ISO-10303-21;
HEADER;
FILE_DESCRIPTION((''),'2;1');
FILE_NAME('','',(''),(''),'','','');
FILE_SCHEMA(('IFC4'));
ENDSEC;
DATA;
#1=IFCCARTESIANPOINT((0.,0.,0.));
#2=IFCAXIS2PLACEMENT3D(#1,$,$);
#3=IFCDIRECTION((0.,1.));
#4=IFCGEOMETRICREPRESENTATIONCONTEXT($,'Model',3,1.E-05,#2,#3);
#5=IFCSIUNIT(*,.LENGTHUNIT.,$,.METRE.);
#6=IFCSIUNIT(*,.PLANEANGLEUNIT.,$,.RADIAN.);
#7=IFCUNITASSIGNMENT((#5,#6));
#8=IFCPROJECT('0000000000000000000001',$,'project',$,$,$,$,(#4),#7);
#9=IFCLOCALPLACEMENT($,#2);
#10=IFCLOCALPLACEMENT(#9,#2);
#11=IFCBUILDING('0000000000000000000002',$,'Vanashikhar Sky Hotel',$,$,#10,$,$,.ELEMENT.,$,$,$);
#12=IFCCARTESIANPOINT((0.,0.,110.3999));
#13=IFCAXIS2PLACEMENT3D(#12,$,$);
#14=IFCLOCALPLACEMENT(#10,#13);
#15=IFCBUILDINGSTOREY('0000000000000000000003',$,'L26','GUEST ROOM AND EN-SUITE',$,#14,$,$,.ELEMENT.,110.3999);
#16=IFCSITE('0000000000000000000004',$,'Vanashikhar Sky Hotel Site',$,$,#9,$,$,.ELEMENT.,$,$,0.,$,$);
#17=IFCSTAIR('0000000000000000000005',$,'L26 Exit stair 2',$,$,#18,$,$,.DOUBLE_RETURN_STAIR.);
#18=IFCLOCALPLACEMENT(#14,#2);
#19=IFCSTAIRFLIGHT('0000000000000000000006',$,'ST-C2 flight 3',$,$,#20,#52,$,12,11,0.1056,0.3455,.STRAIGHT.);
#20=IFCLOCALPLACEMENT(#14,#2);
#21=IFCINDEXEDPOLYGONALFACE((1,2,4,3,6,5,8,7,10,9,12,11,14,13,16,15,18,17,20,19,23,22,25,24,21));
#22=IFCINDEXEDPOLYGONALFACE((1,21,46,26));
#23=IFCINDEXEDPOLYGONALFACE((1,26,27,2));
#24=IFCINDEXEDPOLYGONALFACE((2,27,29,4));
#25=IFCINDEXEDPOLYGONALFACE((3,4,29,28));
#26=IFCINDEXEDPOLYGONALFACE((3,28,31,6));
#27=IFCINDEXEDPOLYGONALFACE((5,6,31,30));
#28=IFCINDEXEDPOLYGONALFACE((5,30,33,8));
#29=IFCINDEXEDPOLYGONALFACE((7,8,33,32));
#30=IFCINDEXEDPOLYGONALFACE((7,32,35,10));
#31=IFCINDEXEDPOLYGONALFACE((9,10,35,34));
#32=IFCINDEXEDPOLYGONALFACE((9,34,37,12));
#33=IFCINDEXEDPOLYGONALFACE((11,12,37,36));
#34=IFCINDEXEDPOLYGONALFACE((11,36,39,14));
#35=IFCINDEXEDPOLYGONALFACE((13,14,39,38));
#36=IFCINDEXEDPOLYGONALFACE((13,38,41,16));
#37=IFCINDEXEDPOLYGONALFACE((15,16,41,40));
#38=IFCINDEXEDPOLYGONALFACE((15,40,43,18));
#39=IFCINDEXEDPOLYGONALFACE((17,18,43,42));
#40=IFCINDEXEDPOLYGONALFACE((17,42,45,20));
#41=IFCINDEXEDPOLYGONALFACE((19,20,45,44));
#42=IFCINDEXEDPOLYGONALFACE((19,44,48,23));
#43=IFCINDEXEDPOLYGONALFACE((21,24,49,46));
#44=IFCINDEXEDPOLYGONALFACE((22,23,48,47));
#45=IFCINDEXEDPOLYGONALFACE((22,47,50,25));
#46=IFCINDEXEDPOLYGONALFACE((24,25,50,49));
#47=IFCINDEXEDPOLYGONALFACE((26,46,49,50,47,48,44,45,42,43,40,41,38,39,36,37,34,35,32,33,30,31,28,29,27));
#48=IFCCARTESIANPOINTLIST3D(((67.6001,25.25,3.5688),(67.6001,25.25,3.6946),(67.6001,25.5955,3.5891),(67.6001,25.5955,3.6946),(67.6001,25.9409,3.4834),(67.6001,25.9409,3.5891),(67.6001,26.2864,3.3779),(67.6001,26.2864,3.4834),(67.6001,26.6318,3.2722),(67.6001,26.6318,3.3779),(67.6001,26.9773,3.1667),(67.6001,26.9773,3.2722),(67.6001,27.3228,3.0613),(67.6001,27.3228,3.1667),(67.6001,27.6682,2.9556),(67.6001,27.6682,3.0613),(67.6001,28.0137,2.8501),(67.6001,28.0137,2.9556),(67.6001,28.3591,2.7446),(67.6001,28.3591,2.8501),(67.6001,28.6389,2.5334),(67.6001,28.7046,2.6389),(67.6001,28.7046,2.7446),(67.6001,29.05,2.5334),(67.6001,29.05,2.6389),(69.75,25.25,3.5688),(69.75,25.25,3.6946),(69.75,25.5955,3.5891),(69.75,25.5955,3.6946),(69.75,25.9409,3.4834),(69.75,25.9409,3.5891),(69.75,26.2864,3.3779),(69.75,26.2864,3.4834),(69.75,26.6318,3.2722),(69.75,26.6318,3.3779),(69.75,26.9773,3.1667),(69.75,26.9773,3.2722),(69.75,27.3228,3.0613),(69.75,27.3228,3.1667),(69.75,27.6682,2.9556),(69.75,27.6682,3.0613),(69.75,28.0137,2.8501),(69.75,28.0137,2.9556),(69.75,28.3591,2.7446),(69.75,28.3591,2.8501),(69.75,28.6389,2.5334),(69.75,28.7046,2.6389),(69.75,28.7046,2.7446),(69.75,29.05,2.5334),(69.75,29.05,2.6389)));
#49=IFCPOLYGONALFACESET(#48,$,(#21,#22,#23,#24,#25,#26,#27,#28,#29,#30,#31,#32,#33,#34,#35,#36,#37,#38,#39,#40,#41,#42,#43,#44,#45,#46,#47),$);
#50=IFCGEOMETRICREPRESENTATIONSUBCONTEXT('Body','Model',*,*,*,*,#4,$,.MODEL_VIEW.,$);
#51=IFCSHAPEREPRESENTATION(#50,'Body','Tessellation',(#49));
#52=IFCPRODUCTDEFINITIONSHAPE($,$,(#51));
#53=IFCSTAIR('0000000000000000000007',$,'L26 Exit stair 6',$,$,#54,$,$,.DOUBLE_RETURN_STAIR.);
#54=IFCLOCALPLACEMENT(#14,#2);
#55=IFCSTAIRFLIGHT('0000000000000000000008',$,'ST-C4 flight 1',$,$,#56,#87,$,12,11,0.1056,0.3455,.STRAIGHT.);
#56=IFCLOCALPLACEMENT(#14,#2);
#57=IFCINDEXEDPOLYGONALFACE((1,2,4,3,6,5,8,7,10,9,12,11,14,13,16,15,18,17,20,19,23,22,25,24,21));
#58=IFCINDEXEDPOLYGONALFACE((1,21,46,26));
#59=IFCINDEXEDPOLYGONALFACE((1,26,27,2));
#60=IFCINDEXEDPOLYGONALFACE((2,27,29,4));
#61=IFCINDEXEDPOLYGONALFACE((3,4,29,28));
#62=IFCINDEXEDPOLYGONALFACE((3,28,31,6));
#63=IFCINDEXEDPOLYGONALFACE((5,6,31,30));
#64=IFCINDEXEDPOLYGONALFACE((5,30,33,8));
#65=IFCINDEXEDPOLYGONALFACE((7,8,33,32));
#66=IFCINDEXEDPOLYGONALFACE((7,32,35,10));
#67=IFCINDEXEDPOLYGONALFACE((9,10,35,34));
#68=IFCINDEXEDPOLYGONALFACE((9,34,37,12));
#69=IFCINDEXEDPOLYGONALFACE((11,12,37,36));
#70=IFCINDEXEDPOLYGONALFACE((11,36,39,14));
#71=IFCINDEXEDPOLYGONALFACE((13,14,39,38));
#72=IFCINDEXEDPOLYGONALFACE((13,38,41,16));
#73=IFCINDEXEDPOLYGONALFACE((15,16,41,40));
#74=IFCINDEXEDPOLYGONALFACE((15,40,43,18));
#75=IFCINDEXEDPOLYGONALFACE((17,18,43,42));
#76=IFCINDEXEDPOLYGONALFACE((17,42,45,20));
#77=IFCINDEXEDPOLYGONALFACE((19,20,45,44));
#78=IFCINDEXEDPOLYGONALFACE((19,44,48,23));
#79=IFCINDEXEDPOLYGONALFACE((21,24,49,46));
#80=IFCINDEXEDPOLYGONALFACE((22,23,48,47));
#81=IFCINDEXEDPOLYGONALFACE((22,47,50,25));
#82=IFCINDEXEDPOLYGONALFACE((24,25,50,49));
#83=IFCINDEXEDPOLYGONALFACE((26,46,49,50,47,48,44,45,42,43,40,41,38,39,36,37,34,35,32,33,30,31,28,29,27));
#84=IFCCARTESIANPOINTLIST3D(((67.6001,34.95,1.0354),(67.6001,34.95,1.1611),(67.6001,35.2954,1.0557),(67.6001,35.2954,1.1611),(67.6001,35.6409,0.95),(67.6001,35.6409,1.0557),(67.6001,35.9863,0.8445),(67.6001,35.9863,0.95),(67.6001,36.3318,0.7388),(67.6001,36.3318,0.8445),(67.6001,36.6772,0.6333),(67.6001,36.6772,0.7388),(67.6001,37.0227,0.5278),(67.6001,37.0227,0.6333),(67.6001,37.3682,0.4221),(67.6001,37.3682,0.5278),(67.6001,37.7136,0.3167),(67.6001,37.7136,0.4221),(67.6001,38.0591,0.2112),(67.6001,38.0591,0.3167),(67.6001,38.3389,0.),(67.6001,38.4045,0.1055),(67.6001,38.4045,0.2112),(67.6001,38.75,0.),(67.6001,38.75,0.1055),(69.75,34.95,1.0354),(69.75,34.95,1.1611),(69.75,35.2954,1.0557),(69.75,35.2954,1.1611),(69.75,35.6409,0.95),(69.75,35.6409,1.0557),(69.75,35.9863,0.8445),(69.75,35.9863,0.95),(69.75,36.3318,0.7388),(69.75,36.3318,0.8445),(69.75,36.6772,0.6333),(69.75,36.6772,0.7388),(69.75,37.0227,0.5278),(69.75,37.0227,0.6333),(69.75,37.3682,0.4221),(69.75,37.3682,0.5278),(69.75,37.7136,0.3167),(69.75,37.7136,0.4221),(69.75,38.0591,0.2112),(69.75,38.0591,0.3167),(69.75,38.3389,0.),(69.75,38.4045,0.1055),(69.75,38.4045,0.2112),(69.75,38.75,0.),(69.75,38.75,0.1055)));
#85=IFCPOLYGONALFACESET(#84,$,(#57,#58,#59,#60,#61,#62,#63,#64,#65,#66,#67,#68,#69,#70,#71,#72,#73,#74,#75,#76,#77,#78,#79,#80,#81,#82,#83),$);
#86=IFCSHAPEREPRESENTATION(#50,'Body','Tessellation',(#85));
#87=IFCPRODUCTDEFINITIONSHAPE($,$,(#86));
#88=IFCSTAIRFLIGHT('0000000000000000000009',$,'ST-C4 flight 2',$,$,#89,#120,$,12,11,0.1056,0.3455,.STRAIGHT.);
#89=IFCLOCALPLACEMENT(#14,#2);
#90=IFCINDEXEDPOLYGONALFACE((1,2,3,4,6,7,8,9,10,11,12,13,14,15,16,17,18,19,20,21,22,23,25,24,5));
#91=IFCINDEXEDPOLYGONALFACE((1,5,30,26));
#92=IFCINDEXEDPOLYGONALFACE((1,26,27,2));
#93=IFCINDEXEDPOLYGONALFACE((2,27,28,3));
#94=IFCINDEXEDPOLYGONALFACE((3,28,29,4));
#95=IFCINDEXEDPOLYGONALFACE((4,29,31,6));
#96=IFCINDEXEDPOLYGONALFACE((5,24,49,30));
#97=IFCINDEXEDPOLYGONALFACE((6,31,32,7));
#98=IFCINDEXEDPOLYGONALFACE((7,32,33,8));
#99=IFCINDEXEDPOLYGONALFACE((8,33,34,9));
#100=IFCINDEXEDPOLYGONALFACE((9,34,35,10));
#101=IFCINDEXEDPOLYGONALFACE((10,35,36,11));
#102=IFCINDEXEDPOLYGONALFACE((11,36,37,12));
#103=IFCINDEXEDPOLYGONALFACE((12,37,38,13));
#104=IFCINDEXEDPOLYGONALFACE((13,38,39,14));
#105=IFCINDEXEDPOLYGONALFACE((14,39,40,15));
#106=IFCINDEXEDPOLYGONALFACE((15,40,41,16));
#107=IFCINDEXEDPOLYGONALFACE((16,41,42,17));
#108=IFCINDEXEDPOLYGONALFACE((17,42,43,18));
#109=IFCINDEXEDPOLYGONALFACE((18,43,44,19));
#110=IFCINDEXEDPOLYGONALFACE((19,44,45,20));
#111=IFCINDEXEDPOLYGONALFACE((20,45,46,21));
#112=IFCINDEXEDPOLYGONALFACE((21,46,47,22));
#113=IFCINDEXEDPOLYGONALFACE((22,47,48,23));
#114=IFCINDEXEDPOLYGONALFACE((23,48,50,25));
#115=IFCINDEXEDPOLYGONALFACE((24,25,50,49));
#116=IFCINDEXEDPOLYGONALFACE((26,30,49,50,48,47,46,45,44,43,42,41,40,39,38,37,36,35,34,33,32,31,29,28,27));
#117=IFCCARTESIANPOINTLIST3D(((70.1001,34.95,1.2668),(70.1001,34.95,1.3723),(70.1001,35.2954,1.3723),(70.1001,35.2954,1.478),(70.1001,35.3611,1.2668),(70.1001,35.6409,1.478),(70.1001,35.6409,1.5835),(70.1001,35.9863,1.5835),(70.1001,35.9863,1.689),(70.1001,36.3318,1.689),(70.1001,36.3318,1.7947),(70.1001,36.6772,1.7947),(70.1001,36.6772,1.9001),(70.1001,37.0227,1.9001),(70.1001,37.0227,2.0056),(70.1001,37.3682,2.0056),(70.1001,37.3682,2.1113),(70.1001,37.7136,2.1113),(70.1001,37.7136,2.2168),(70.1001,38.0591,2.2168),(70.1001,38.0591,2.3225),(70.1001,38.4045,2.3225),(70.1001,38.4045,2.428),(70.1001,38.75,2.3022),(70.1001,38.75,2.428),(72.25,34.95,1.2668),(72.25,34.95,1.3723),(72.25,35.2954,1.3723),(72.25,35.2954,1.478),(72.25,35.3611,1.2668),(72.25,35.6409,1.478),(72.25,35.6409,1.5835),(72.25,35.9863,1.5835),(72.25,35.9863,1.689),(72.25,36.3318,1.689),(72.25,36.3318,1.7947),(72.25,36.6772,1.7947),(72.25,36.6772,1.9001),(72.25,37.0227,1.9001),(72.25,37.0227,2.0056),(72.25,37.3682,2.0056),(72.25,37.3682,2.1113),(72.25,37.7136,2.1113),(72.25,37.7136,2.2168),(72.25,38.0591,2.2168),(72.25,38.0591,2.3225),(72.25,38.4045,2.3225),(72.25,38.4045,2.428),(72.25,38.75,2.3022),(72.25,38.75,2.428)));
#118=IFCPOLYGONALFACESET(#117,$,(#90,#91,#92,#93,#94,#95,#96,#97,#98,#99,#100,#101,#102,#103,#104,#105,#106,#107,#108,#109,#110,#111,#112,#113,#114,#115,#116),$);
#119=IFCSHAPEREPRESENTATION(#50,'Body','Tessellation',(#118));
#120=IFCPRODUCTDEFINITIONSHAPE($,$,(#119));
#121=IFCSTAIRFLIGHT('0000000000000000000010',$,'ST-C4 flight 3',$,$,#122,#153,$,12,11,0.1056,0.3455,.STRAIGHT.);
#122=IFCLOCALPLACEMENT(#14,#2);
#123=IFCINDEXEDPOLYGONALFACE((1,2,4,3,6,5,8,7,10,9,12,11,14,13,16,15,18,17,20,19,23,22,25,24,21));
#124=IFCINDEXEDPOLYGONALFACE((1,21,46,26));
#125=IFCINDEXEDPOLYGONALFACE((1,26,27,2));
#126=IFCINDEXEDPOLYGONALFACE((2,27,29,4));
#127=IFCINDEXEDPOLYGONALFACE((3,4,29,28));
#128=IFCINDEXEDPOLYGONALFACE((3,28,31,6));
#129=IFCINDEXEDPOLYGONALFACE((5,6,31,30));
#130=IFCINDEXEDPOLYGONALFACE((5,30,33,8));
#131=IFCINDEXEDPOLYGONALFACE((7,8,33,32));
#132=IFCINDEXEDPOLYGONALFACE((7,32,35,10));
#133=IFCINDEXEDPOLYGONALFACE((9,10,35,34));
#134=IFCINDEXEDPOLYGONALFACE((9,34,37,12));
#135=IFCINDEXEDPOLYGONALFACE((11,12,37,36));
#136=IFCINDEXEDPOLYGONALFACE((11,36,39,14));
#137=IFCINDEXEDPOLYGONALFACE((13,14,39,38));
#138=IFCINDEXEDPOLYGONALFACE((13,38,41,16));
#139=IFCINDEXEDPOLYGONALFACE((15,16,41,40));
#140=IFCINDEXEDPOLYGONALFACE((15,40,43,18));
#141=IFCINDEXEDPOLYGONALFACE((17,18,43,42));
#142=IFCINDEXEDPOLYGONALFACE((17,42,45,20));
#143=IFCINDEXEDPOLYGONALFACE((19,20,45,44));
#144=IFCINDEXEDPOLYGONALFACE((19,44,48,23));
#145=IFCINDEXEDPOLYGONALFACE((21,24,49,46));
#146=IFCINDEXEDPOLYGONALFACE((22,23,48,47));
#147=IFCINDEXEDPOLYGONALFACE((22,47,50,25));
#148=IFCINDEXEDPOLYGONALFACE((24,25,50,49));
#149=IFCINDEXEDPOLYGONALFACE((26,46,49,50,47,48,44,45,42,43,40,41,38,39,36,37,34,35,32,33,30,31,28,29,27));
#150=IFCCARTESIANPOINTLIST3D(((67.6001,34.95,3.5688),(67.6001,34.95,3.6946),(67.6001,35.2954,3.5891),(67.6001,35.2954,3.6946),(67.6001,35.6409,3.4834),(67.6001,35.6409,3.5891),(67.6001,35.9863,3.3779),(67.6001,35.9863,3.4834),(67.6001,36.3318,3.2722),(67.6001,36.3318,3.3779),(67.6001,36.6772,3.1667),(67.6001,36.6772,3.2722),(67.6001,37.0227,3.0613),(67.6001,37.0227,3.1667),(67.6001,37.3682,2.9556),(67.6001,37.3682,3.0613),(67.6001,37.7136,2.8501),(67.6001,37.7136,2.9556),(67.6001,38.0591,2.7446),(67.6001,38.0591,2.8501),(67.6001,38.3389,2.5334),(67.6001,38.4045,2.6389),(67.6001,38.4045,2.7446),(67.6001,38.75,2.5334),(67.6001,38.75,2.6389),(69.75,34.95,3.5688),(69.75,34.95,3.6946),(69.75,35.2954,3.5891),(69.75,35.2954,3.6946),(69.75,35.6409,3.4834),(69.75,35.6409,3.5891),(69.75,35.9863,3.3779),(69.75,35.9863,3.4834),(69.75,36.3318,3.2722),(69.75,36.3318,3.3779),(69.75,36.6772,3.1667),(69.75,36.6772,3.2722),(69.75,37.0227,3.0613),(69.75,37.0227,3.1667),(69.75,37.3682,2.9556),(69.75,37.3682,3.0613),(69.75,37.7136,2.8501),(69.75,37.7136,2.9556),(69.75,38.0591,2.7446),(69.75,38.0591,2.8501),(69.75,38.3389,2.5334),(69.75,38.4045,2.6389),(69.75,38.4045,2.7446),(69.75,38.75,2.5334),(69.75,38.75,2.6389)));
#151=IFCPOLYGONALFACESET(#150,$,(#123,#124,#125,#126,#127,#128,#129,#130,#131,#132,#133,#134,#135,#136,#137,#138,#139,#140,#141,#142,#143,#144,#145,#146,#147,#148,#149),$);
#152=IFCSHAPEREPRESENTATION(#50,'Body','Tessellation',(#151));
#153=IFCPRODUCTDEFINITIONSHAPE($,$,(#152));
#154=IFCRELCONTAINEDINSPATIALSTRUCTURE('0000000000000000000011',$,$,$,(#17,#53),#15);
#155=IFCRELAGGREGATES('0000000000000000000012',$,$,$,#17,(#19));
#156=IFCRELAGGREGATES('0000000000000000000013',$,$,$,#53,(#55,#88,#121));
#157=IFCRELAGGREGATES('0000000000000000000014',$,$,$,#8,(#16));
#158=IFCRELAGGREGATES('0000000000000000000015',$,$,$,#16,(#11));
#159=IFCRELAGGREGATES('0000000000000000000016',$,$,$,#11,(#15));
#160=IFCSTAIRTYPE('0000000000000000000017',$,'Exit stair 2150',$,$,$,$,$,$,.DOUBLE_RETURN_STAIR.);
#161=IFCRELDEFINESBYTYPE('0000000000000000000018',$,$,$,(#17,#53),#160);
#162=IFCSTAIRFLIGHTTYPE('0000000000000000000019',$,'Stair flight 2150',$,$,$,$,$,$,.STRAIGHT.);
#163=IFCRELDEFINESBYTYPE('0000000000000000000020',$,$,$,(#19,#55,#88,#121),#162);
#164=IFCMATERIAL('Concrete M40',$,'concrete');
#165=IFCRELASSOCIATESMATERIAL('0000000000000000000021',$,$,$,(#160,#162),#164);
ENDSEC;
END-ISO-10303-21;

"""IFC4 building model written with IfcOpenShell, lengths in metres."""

from ifc_helpers import new_model, si_unit, direction, frame, origin, place, context, subcontext, project, spatial, polyline, outline, extrude, source, transform, mapped, material, type_object, element, aggregate, save


model = new_model("IFC4")

# Units and contexts
model_context = context("Model", 3, precision=1e-05, world=origin(), true_north=direction((0.0, 1.0)))
body_context = subcontext(model_context, "Body", "Model", "MODEL_VIEW")
ifc_project = project(units=[si_unit("LENGTHUNIT", "METRE"), si_unit("PLANEANGLEUNIT", "RADIAN")], contexts=[model_context])

# Site, building, storey
site_placement = place(None, origin())
site = spatial("IfcSite", under=ifc_project, at=site_placement, Name="Vanashikhar Sky Hotel Site", CompositionType="ELEMENT", RefElevation=0.0)
building_placement = place(site_placement, origin())
building = spatial("IfcBuilding", under=site, at=building_placement, Name="Vanashikhar Sky Hotel", CompositionType="ELEMENT")
storey_placement = place(building_placement, frame((0.0, 0.0, 110.3999)))
storey = spatial("IfcBuildingStorey", under=building, at=storey_placement, Name="L26", Description="GUEST ROOM AND EN-SUITE", CompositionType="ELEMENT", Elevation=110.3999)

# Shared definitions
ifc_material_1 = material(Name="Concrete M40", Category="concrete")

# Stairs, stair flights
stair_type = type_object("IfcStairType", Name="Exit stair 2150", PredefinedType="DOUBLE_RETURN_STAIR", material=ifc_material_1)
stair_1_placement = place(storey_placement, origin())
stair_1 = element("IfcStair", 1, at=stair_1_placement, inside=storey, type_object=stair_type, Name="L26 Exit stair 2", PredefinedType="DOUBLE_RETURN_STAIR")
stair_flight_type = type_object("IfcStairFlightType", Name="Stair flight 2150", PredefinedType="STRAIGHT", material=ifc_material_1)
shared_shape_1 = source(origin(), body_context, "Body", "SweptSolid", [
    extrude(outline(polyline([(0.0, 0.0), (0.0, 0.1055), (0.3455, 0.1055), (0.3455, 0.2112), (0.6909, 0.2112), (0.6909, 0.3167), (1.0364, 0.3167), (1.0364, 0.4221), (1.3818, 0.4221), (1.3818, 0.5278), (1.7273, 0.5278), (1.7273, 0.6333), (2.0728, 0.6333), (2.0728, 0.7388), (2.4182, 0.7388), (2.4182, 0.8445), (2.7637, 0.8445), (2.7637, 0.95), (3.1091, 0.95), (3.1091, 1.0557), (3.4546, 1.0557), (3.4546, 1.1611), (3.8, 1.1611), (3.8, 1.2666), (3.8, 1.0354), (0.4111, 0.0), (0.0, 0.0)])), frame((0.0, 1.075, 0.0), z_axis=(0.0, -1.0, 0.0), x_axis=(1.0, 0.0, 0.0)), (0.0, 0.0, 1.0), 2.1499),
])
stair_flight_1_placement = place(storey_placement, frame((68.675, 29.05, 2.5334), z_axis=(0.0, 0.0, 1.0), x_axis=(0.0, -1.0, 0.0)))
stair_flight_1 = element("IfcStairFlight", 2, at=stair_flight_1_placement, type_object=stair_flight_type, Name="ST-C2 flight 3", NumberOfRisers=12, NumberOfTreads=11, PredefinedType="STRAIGHT", RiserHeight=0.1056, TreadLength=0.3455, context=body_context, shape_type="MappedRepresentation", body=[
    mapped(shared_shape_1, transform((0.0, 0.0, 0.0), scale=1.0)),
])
aggregate(stair_1, [stair_flight_1])
stair_2_placement = place(storey_placement, origin())
stair_2 = element("IfcStair", 3, at=stair_2_placement, inside=storey, type_object=stair_type, Name="L26 Exit stair 6", PredefinedType="DOUBLE_RETURN_STAIR")
stair_flight_2_placement = place(storey_placement, frame((68.675, 38.75, 0.0), z_axis=(0.0, 0.0, 1.0), x_axis=(0.0, -1.0, 0.0)))
stair_flight_2 = element("IfcStairFlight", 4, at=stair_flight_2_placement, type_object=stair_flight_type, Name="ST-C4 flight 1", NumberOfRisers=12, NumberOfTreads=11, PredefinedType="STRAIGHT", RiserHeight=0.1056, TreadLength=0.3455, context=body_context, shape_type="MappedRepresentation", body=[
    mapped(shared_shape_1, transform((0.0, 0.0, 0.0), scale=1.0)),
])
stair_flight_3_placement = place(storey_placement, frame((71.175, 34.95, 1.2668), z_axis=(0.0, 0.0, 1.0), x_axis=(0.0, 1.0, 0.0)))
stair_flight_3 = element("IfcStairFlight", 5, at=stair_flight_3_placement, type_object=stair_flight_type, Name="ST-C4 flight 2", NumberOfRisers=12, NumberOfTreads=11, PredefinedType="STRAIGHT", RiserHeight=0.1056, TreadLength=0.3455, context=body_context, shape_type="MappedRepresentation", body=[
    mapped(shared_shape_1, transform((0.0, 0.0, 0.0), scale=1.0)),
])
stair_flight_4_placement = place(storey_placement, frame((68.675, 38.75, 2.5334), z_axis=(0.0, 0.0, 1.0), x_axis=(0.0, -1.0, 0.0)))
stair_flight_4 = element("IfcStairFlight", 6, at=stair_flight_4_placement, type_object=stair_flight_type, Name="ST-C4 flight 3", NumberOfRisers=12, NumberOfTreads=11, PredefinedType="STRAIGHT", RiserHeight=0.1056, TreadLength=0.3455, context=body_context, shape_type="MappedRepresentation", body=[
    mapped(shared_shape_1, transform((0.0, 0.0, 0.0), scale=1.0)),
])
aggregate(stair_2, [stair_flight_2, stair_flight_3, stair_flight_4])

save(model, "model.ifc")
